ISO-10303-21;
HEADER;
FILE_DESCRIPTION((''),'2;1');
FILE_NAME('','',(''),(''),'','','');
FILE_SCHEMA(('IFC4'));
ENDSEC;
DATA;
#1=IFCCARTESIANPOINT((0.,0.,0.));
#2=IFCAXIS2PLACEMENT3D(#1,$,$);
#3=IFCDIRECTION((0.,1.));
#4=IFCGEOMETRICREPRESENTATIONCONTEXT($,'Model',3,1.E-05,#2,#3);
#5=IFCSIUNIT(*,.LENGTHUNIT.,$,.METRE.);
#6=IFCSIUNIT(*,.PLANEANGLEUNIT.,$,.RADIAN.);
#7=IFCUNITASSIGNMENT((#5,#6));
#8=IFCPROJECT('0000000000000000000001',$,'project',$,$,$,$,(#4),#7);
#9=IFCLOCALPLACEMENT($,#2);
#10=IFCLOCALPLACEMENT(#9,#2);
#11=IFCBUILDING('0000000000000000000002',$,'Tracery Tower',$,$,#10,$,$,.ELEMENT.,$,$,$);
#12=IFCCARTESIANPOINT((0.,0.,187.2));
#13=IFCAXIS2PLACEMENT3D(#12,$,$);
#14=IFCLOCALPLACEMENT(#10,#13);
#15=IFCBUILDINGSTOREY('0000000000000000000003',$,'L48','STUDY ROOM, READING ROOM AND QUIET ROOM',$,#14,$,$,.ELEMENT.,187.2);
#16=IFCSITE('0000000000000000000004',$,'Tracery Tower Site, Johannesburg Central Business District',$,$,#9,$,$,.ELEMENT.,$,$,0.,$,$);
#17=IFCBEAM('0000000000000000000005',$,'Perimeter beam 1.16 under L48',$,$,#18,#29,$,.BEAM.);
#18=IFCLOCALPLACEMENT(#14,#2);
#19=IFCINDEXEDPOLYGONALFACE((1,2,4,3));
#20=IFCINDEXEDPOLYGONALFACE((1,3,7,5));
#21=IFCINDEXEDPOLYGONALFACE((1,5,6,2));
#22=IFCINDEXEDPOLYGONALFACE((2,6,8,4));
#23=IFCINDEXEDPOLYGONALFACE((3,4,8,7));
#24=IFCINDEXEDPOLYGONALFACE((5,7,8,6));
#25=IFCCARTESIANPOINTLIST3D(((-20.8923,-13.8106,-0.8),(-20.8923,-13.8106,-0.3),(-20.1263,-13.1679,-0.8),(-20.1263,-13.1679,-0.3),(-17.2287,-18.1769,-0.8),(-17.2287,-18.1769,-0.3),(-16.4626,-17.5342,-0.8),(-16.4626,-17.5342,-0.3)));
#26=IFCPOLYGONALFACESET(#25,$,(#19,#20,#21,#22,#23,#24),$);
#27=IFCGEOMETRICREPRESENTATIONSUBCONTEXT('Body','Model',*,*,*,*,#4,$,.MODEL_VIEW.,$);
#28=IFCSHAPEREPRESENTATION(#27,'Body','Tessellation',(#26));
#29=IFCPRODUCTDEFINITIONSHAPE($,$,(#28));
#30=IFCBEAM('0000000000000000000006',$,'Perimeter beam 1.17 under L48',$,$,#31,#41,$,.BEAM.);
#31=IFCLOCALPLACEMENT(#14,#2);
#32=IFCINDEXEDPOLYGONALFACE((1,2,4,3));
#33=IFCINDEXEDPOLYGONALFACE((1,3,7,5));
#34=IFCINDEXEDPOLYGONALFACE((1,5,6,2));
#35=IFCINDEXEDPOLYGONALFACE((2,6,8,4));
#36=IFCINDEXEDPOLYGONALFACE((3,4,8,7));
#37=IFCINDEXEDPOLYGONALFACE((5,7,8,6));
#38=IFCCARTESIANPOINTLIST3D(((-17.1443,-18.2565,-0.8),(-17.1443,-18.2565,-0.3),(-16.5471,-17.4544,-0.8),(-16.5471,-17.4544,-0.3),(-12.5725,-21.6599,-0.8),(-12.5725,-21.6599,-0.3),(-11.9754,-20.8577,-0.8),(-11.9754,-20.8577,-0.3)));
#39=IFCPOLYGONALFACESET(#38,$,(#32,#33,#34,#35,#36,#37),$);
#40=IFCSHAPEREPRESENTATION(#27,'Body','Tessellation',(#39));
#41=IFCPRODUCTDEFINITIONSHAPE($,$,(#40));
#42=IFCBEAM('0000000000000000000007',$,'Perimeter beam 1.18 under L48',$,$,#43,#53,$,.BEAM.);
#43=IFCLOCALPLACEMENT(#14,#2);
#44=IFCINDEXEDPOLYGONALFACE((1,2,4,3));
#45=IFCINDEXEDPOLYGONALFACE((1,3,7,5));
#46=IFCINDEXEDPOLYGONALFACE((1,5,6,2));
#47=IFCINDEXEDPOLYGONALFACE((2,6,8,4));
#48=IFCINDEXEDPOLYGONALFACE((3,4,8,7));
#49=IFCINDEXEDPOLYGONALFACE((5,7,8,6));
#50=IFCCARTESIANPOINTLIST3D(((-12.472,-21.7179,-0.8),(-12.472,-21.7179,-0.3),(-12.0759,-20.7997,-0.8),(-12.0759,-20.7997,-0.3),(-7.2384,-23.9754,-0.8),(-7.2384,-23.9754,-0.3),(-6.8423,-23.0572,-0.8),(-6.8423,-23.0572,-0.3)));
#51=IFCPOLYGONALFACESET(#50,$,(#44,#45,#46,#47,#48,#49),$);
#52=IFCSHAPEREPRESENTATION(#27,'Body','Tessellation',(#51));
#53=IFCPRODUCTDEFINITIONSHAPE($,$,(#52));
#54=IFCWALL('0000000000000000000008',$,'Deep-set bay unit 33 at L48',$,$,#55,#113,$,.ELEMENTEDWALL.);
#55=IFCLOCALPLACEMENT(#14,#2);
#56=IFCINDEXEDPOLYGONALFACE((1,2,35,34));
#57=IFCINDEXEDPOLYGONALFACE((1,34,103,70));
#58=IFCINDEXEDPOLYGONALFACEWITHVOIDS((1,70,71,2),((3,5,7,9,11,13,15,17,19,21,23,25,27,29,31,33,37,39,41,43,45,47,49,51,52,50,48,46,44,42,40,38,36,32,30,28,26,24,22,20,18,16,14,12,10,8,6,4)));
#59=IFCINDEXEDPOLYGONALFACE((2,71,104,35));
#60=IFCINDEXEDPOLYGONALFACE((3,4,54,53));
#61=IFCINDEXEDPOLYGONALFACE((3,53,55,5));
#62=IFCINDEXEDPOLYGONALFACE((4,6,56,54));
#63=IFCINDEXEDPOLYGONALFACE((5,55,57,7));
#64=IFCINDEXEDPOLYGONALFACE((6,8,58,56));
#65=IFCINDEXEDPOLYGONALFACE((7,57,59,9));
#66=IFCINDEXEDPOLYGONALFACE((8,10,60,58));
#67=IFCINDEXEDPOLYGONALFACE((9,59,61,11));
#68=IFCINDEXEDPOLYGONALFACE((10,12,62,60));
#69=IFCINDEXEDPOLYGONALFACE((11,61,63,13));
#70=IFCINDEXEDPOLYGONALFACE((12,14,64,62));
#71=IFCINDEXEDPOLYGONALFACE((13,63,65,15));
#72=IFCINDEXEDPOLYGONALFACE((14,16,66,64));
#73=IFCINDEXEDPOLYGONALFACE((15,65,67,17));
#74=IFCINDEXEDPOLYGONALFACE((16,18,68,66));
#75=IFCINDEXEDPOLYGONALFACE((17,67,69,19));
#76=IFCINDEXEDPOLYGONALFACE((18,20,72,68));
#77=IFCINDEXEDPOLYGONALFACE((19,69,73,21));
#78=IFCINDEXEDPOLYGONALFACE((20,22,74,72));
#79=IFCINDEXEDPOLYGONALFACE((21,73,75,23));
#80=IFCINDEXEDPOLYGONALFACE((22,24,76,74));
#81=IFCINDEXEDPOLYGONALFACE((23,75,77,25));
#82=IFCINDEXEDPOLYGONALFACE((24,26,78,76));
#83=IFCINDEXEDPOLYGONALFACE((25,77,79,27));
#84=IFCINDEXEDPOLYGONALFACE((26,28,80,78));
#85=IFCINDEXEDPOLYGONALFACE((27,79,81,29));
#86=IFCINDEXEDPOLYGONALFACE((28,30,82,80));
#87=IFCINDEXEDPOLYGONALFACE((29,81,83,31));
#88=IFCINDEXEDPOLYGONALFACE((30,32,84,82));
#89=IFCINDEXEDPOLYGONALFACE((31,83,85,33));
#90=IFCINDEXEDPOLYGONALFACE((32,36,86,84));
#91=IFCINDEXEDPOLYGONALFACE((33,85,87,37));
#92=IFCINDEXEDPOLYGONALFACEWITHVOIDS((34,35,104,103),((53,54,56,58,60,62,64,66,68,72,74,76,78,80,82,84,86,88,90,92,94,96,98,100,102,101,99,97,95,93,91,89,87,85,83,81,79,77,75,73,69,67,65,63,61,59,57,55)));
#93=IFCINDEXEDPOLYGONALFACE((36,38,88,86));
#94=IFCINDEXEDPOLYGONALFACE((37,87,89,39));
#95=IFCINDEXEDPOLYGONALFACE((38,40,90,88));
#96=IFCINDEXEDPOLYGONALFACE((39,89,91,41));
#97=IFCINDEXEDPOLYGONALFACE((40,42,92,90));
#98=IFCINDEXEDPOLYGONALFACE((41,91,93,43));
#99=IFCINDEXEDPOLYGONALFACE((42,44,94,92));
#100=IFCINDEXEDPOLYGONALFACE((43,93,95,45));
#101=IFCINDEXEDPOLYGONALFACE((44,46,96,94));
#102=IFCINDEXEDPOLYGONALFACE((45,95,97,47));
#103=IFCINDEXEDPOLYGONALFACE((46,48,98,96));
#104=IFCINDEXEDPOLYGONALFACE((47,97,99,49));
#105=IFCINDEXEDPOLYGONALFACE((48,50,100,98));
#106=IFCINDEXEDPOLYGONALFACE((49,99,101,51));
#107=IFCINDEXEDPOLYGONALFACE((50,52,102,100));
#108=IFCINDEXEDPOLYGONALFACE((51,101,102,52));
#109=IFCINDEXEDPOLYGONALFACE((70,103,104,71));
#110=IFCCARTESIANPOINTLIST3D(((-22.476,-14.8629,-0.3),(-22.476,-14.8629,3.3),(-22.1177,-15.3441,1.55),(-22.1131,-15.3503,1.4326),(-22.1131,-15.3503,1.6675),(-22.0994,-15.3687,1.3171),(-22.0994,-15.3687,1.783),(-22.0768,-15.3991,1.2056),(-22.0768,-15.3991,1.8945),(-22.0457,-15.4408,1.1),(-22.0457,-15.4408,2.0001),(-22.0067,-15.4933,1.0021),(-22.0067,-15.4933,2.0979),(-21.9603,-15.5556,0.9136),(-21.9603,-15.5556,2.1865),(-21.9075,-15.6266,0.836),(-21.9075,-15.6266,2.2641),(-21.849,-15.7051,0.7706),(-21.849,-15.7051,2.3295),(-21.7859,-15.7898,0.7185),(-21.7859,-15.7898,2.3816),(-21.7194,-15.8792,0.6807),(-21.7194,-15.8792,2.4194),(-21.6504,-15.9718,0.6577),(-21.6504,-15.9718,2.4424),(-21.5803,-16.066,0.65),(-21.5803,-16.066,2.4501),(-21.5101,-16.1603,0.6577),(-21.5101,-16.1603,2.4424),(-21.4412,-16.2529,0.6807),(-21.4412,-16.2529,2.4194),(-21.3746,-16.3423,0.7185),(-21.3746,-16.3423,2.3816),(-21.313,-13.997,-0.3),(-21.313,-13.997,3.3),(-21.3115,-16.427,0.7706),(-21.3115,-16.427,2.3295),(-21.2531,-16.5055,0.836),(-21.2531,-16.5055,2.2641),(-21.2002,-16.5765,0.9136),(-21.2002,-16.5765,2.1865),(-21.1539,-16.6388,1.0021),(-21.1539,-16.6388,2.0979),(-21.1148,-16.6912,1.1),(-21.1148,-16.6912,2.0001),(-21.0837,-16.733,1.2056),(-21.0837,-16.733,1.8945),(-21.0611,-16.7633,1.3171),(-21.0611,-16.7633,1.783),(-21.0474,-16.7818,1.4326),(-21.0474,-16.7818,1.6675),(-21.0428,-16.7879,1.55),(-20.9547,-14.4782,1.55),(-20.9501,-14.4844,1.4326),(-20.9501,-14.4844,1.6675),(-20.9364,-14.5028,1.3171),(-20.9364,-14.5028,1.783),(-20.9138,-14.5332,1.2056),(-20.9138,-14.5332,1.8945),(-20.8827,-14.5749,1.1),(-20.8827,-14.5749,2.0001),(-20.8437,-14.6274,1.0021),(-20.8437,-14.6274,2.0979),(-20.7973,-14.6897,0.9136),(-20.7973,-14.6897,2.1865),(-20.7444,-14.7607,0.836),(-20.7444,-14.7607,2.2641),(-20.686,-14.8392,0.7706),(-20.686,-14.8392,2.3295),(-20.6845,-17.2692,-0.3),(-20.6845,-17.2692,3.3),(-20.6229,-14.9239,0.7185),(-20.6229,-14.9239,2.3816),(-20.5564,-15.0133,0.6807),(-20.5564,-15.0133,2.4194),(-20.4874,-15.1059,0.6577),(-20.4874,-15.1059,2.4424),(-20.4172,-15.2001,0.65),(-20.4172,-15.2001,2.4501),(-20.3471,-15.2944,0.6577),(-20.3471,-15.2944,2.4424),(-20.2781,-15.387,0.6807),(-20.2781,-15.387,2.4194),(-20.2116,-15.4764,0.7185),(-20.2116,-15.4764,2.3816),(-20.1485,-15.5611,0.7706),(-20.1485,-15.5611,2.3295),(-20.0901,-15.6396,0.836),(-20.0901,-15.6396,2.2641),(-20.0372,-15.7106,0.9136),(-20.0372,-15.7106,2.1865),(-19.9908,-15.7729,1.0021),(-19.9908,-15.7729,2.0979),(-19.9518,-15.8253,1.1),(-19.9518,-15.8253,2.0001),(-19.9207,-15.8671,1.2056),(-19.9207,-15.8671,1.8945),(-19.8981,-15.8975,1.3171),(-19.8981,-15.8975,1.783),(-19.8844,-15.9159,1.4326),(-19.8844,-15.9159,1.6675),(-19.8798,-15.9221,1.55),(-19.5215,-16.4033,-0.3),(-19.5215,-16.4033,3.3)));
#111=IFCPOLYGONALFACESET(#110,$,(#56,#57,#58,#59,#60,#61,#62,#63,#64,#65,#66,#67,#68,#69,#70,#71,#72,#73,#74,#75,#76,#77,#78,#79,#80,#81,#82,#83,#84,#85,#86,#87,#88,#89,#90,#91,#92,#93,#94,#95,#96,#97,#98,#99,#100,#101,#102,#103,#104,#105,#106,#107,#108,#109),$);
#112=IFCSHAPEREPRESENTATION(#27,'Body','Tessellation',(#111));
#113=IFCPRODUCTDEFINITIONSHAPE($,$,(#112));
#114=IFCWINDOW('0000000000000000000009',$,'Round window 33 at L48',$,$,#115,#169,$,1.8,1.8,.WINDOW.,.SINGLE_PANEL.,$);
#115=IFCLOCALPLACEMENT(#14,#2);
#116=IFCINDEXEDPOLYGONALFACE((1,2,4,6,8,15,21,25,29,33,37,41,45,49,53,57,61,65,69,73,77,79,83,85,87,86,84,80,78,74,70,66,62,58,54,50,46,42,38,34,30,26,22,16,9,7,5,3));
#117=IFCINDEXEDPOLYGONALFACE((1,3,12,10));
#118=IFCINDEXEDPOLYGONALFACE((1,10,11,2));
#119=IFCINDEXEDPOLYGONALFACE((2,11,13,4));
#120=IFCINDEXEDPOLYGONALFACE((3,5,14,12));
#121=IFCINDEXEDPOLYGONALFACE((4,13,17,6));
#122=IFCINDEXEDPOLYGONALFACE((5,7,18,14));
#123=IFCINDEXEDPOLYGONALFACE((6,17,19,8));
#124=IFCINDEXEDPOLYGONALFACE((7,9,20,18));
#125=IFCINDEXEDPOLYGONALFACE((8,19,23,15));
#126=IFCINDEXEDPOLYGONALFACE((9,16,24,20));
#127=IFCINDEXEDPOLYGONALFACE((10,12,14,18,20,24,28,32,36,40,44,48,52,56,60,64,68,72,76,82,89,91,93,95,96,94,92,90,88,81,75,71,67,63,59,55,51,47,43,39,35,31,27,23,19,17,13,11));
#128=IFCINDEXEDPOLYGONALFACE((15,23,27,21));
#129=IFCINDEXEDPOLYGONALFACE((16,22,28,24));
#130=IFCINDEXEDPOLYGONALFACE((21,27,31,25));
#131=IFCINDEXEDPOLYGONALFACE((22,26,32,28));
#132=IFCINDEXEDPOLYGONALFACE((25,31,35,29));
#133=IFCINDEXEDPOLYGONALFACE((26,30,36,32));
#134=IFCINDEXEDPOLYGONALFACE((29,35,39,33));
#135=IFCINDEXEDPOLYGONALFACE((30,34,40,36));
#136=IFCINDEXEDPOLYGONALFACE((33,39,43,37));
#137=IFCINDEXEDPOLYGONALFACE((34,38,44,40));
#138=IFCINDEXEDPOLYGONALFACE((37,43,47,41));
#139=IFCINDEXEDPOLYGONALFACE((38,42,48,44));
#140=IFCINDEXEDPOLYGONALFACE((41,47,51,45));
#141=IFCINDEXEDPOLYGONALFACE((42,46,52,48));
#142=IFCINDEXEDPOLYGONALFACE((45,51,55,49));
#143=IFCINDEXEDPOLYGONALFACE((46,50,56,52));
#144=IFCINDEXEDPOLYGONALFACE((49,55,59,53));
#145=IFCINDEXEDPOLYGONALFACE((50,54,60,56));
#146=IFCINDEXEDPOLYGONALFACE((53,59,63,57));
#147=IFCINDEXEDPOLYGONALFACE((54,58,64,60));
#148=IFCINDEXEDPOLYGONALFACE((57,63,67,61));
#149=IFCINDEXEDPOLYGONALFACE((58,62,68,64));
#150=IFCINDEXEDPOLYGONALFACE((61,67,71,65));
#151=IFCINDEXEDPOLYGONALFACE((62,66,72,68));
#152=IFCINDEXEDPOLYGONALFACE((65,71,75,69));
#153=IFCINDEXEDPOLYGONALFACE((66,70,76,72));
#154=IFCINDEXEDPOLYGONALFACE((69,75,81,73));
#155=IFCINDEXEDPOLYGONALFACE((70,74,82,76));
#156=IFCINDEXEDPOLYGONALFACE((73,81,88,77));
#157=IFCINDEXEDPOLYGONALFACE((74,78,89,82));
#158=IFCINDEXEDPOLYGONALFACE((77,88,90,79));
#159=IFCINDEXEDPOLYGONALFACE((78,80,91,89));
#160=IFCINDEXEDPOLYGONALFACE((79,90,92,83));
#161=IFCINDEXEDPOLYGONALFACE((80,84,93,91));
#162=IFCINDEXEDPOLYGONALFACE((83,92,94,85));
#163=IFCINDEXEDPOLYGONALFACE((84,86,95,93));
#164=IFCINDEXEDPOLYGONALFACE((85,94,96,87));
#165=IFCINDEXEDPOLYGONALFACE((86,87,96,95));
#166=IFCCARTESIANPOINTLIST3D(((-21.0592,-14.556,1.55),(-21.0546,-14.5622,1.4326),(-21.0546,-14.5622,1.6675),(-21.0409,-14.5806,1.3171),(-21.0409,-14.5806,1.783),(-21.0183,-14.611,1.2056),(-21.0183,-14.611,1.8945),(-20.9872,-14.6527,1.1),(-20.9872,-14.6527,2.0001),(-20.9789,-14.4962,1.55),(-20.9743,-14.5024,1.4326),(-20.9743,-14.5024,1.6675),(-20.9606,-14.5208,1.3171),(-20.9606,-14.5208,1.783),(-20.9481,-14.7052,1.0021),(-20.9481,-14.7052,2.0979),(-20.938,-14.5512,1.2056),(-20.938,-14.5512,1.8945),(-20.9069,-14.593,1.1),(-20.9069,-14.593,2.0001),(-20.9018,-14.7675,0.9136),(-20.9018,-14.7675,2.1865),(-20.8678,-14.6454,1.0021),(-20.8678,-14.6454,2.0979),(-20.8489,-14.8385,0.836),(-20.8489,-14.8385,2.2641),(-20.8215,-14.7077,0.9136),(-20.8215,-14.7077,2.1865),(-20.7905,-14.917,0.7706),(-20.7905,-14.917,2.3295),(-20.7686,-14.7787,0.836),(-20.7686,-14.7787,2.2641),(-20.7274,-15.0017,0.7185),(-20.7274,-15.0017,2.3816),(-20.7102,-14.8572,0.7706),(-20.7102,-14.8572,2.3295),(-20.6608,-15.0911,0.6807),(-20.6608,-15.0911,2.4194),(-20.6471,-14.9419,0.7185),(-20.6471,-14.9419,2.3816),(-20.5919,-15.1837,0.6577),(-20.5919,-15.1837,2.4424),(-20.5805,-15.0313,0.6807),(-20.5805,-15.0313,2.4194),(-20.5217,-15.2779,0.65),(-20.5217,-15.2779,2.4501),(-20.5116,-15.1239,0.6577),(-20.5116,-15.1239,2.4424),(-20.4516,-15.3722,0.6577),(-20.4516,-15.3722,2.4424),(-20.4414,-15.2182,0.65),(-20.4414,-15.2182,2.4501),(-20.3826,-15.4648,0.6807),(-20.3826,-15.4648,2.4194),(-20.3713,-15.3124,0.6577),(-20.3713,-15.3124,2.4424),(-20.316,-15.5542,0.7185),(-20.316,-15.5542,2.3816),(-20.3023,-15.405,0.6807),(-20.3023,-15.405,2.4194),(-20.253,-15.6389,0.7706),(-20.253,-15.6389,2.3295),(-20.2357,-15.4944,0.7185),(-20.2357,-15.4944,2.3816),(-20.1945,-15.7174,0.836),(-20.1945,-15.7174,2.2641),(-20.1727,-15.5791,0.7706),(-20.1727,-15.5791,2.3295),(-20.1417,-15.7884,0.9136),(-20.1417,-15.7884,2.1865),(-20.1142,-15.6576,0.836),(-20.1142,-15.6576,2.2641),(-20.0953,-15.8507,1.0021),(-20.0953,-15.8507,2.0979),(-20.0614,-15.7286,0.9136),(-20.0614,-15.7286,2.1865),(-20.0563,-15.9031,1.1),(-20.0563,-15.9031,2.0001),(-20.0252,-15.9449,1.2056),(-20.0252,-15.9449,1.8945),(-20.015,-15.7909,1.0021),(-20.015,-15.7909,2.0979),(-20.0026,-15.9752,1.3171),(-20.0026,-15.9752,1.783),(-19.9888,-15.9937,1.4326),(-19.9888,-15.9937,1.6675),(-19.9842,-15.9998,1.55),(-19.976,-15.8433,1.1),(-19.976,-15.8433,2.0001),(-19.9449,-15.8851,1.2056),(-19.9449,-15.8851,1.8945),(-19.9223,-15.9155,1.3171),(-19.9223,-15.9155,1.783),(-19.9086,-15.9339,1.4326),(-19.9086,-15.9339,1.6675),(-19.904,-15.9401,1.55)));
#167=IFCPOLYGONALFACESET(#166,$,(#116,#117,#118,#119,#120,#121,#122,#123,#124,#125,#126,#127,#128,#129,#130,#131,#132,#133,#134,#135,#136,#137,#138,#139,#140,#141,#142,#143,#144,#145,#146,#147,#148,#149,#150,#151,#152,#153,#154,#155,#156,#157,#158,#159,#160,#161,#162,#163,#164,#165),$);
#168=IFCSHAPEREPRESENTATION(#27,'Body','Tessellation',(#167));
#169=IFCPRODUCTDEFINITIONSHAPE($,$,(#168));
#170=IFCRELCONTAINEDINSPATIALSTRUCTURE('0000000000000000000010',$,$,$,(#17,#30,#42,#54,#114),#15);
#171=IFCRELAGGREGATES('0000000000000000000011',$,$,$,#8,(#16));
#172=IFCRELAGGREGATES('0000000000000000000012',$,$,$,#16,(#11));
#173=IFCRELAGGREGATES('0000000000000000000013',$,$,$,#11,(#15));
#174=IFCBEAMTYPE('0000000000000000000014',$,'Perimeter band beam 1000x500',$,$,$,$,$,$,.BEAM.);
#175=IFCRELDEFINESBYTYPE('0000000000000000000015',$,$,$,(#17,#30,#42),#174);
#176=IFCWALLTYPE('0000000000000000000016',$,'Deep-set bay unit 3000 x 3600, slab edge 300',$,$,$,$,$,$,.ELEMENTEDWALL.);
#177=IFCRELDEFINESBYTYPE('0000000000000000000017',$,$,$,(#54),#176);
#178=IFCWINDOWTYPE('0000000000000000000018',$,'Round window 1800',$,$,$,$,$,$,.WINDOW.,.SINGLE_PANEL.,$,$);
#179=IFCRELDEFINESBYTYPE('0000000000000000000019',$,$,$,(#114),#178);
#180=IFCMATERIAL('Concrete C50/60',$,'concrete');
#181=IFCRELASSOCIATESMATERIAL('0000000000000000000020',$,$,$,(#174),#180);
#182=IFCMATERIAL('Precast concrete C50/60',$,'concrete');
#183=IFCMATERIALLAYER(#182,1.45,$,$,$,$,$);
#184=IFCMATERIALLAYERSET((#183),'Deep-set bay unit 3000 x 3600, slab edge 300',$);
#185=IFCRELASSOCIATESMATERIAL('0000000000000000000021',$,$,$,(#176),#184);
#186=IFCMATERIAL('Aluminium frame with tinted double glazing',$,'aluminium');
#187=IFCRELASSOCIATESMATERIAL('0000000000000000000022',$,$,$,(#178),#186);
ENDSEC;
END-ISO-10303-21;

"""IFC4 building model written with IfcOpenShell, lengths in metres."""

from ifc_helpers import new_model, si_unit, direction, frame, frame_2d, origin, origin_2d, place, context, subcontext, project, spatial, rectangle, circle, extrude, material, layer, layer_set, material_profile, profile_set, type_object, element, fill, save


model = new_model("IFC4")

# Units and contexts
model_context = context("Model", 3, precision=1e-05, world=origin(), true_north=direction((0.0, 1.0)))
body_context = subcontext(model_context, "Body", "Model", "MODEL_VIEW")
ifc_project = project(units=[si_unit("LENGTHUNIT", "METRE"), si_unit("PLANEANGLEUNIT", "RADIAN")], contexts=[model_context])

# Site, building, storey
site_placement = place(None, origin())
site = spatial("IfcSite", under=ifc_project, at=site_placement, Name="Tracery Tower Site, Johannesburg Central Business District", CompositionType="ELEMENT", RefElevation=0.0)
building_placement = place(site_placement, origin())
building = spatial("IfcBuilding", under=site, at=building_placement, Name="Tracery Tower", CompositionType="ELEMENT")
storey_placement = place(building_placement, frame((0.0, 0.0, 187.2)))
storey = spatial("IfcBuildingStorey", under=building, at=storey_placement, Name="L48", Description="STUDY ROOM, READING ROOM AND QUIET ROOM", CompositionType="ELEMENT", Elevation=187.2)

# Beams
ifc_material_1 = material(Name="Concrete C50/60", Category="concrete")
ifc_material_profile_1 = material_profile(ifc_material_1, rectangle(XDim=1.0, YDim=0.5, at=origin_2d()), Name="RC 1000x500")
ifc_profile_set_1 = profile_set([ifc_material_profile_1], Name="Concrete C50/60")
beam_type = type_object("IfcBeamType", Name="Perimeter band beam 1000x500", PredefinedType="BEAM", material=ifc_profile_set_1)
beam_1_placement = place(storey_placement, frame((-20.5093, -13.4893, -0.55), z_axis=(0.642776, -0.766054, 0.0), x_axis=(0.766054, 0.642776, 0.0)))
element("IfcBeam", 1, at=beam_1_placement, inside=storey, type_object=beam_type, Name="Perimeter beam 1.16 under L48", PredefinedType="BEAM", context=body_context, shape_type="SweptSolid", body=[
    extrude(rectangle(XDim=1.0, YDim=0.5, at=origin_2d()), origin(), (0.0, 0.0, 1.0), 5.6997),
])
beam_2_placement = place(storey_placement, frame((-16.8457, -17.8555, -0.55), z_axis=(0.802144, -0.597131, 0.0), x_axis=(0.597131, 0.802144, 0.0)))
element("IfcBeam", 2, at=beam_2_placement, inside=storey, type_object=beam_type, Name="Perimeter beam 1.17 under L48", PredefinedType="BEAM", context=body_context, shape_type="SweptSolid", body=[
    extrude(rectangle(XDim=1.0, YDim=0.5, at=origin_2d()), origin(), (0.0, 0.0, 1.0), 5.6995),
])
beam_3_placement = place(storey_placement, frame((-12.2739, -21.2588, -0.55), z_axis=(0.918216, -0.396079, 0.0), x_axis=(0.396079, 0.918216, 0.0)))
element("IfcBeam", 3, at=beam_3_placement, inside=storey, type_object=beam_type, Name="Perimeter beam 1.18 under L48", PredefinedType="BEAM", context=body_context, shape_type="SweptSolid", body=[
    extrude(rectangle(XDim=1.0, YDim=0.5, at=origin_2d()), origin(), (0.0, 0.0, 1.0), 5.6997),
])

# Wall, opening, window
ifc_material_2 = material(Name="Precast concrete C50/60", Category="concrete")
ifc_layer_1 = layer(ifc_material_2, 1.45)
ifc_layer_set_1 = layer_set([ifc_layer_1], Name="Deep-set bay unit 3000 x 3600, slab edge 300")
wall_type_1 = type_object("IfcWallType", Name="Deep-set bay unit 3000 x 3600, slab edge 300", PredefinedType="ELEMENTEDWALL", material=ifc_layer_set_1)
wall_1_placement = place(storey_placement, frame((-21.8945, -14.4299, -0.3), z_axis=(0.0, 0.0, 1.0), x_axis=(0.597184, -0.802104, 0.0)))
wall_1 = element("IfcWall", 4, at=wall_1_placement, inside=storey, type_object=wall_type_1, Name="Deep-set bay unit 33 at L48", PredefinedType="ELEMENTEDWALL", context=body_context, shape_type="SweptSolid", body=[
    extrude(rectangle(XDim=3.0, YDim=1.45, at=frame_2d((1.5, 0.0))), origin(), (0.0, 0.0, 1.0), 3.6001),
])
opening_1_placement = place(wall_1_placement, frame((1.5, 0.0, 1.8501)))
opening_1 = element("IfcOpeningElement", 5, at=opening_1_placement, cuts=wall_1, PredefinedType="OPENING", context=body_context, shape_type="SweptSolid", body=[
    extrude(circle(Radius=0.9, at=origin_2d()), frame((0.0, 0.7349, 0.0), z_axis=(0.0, -1.0, 0.0), x_axis=(1.0, 0.0, 0.0)), (0.0, 0.0, 1.0), 1.47),
])
ifc_material_3 = material(Name="Aluminium frame with tinted double glazing", Category="aluminium")
window_type = type_object("IfcWindowType", Name="Round window 1800", PartitioningType="SINGLE_PANEL", PredefinedType="WINDOW", material=ifc_material_3)
window_1_placement = place(opening_1_placement, origin())
window_1 = element("IfcWindow", 6, at=window_1_placement, inside=storey, type_object=window_type, Name="Round window 33 at L48", OverallHeight=1.8, OverallWidth=1.8, PartitioningType="SINGLE_PANEL", PredefinedType="WINDOW", context=body_context, shape_type="SweptSolid", body=[
    extrude(circle(Radius=0.9, at=origin_2d()), frame((0.0, 0.6948, 0.0), z_axis=(0.0, -1.0, 0.0), x_axis=(1.0, 0.0, 0.0)), (0.0, 0.0, 1.0), 0.1001),
])
fill(opening_1, window_1)

save(model, "model.ifc")
